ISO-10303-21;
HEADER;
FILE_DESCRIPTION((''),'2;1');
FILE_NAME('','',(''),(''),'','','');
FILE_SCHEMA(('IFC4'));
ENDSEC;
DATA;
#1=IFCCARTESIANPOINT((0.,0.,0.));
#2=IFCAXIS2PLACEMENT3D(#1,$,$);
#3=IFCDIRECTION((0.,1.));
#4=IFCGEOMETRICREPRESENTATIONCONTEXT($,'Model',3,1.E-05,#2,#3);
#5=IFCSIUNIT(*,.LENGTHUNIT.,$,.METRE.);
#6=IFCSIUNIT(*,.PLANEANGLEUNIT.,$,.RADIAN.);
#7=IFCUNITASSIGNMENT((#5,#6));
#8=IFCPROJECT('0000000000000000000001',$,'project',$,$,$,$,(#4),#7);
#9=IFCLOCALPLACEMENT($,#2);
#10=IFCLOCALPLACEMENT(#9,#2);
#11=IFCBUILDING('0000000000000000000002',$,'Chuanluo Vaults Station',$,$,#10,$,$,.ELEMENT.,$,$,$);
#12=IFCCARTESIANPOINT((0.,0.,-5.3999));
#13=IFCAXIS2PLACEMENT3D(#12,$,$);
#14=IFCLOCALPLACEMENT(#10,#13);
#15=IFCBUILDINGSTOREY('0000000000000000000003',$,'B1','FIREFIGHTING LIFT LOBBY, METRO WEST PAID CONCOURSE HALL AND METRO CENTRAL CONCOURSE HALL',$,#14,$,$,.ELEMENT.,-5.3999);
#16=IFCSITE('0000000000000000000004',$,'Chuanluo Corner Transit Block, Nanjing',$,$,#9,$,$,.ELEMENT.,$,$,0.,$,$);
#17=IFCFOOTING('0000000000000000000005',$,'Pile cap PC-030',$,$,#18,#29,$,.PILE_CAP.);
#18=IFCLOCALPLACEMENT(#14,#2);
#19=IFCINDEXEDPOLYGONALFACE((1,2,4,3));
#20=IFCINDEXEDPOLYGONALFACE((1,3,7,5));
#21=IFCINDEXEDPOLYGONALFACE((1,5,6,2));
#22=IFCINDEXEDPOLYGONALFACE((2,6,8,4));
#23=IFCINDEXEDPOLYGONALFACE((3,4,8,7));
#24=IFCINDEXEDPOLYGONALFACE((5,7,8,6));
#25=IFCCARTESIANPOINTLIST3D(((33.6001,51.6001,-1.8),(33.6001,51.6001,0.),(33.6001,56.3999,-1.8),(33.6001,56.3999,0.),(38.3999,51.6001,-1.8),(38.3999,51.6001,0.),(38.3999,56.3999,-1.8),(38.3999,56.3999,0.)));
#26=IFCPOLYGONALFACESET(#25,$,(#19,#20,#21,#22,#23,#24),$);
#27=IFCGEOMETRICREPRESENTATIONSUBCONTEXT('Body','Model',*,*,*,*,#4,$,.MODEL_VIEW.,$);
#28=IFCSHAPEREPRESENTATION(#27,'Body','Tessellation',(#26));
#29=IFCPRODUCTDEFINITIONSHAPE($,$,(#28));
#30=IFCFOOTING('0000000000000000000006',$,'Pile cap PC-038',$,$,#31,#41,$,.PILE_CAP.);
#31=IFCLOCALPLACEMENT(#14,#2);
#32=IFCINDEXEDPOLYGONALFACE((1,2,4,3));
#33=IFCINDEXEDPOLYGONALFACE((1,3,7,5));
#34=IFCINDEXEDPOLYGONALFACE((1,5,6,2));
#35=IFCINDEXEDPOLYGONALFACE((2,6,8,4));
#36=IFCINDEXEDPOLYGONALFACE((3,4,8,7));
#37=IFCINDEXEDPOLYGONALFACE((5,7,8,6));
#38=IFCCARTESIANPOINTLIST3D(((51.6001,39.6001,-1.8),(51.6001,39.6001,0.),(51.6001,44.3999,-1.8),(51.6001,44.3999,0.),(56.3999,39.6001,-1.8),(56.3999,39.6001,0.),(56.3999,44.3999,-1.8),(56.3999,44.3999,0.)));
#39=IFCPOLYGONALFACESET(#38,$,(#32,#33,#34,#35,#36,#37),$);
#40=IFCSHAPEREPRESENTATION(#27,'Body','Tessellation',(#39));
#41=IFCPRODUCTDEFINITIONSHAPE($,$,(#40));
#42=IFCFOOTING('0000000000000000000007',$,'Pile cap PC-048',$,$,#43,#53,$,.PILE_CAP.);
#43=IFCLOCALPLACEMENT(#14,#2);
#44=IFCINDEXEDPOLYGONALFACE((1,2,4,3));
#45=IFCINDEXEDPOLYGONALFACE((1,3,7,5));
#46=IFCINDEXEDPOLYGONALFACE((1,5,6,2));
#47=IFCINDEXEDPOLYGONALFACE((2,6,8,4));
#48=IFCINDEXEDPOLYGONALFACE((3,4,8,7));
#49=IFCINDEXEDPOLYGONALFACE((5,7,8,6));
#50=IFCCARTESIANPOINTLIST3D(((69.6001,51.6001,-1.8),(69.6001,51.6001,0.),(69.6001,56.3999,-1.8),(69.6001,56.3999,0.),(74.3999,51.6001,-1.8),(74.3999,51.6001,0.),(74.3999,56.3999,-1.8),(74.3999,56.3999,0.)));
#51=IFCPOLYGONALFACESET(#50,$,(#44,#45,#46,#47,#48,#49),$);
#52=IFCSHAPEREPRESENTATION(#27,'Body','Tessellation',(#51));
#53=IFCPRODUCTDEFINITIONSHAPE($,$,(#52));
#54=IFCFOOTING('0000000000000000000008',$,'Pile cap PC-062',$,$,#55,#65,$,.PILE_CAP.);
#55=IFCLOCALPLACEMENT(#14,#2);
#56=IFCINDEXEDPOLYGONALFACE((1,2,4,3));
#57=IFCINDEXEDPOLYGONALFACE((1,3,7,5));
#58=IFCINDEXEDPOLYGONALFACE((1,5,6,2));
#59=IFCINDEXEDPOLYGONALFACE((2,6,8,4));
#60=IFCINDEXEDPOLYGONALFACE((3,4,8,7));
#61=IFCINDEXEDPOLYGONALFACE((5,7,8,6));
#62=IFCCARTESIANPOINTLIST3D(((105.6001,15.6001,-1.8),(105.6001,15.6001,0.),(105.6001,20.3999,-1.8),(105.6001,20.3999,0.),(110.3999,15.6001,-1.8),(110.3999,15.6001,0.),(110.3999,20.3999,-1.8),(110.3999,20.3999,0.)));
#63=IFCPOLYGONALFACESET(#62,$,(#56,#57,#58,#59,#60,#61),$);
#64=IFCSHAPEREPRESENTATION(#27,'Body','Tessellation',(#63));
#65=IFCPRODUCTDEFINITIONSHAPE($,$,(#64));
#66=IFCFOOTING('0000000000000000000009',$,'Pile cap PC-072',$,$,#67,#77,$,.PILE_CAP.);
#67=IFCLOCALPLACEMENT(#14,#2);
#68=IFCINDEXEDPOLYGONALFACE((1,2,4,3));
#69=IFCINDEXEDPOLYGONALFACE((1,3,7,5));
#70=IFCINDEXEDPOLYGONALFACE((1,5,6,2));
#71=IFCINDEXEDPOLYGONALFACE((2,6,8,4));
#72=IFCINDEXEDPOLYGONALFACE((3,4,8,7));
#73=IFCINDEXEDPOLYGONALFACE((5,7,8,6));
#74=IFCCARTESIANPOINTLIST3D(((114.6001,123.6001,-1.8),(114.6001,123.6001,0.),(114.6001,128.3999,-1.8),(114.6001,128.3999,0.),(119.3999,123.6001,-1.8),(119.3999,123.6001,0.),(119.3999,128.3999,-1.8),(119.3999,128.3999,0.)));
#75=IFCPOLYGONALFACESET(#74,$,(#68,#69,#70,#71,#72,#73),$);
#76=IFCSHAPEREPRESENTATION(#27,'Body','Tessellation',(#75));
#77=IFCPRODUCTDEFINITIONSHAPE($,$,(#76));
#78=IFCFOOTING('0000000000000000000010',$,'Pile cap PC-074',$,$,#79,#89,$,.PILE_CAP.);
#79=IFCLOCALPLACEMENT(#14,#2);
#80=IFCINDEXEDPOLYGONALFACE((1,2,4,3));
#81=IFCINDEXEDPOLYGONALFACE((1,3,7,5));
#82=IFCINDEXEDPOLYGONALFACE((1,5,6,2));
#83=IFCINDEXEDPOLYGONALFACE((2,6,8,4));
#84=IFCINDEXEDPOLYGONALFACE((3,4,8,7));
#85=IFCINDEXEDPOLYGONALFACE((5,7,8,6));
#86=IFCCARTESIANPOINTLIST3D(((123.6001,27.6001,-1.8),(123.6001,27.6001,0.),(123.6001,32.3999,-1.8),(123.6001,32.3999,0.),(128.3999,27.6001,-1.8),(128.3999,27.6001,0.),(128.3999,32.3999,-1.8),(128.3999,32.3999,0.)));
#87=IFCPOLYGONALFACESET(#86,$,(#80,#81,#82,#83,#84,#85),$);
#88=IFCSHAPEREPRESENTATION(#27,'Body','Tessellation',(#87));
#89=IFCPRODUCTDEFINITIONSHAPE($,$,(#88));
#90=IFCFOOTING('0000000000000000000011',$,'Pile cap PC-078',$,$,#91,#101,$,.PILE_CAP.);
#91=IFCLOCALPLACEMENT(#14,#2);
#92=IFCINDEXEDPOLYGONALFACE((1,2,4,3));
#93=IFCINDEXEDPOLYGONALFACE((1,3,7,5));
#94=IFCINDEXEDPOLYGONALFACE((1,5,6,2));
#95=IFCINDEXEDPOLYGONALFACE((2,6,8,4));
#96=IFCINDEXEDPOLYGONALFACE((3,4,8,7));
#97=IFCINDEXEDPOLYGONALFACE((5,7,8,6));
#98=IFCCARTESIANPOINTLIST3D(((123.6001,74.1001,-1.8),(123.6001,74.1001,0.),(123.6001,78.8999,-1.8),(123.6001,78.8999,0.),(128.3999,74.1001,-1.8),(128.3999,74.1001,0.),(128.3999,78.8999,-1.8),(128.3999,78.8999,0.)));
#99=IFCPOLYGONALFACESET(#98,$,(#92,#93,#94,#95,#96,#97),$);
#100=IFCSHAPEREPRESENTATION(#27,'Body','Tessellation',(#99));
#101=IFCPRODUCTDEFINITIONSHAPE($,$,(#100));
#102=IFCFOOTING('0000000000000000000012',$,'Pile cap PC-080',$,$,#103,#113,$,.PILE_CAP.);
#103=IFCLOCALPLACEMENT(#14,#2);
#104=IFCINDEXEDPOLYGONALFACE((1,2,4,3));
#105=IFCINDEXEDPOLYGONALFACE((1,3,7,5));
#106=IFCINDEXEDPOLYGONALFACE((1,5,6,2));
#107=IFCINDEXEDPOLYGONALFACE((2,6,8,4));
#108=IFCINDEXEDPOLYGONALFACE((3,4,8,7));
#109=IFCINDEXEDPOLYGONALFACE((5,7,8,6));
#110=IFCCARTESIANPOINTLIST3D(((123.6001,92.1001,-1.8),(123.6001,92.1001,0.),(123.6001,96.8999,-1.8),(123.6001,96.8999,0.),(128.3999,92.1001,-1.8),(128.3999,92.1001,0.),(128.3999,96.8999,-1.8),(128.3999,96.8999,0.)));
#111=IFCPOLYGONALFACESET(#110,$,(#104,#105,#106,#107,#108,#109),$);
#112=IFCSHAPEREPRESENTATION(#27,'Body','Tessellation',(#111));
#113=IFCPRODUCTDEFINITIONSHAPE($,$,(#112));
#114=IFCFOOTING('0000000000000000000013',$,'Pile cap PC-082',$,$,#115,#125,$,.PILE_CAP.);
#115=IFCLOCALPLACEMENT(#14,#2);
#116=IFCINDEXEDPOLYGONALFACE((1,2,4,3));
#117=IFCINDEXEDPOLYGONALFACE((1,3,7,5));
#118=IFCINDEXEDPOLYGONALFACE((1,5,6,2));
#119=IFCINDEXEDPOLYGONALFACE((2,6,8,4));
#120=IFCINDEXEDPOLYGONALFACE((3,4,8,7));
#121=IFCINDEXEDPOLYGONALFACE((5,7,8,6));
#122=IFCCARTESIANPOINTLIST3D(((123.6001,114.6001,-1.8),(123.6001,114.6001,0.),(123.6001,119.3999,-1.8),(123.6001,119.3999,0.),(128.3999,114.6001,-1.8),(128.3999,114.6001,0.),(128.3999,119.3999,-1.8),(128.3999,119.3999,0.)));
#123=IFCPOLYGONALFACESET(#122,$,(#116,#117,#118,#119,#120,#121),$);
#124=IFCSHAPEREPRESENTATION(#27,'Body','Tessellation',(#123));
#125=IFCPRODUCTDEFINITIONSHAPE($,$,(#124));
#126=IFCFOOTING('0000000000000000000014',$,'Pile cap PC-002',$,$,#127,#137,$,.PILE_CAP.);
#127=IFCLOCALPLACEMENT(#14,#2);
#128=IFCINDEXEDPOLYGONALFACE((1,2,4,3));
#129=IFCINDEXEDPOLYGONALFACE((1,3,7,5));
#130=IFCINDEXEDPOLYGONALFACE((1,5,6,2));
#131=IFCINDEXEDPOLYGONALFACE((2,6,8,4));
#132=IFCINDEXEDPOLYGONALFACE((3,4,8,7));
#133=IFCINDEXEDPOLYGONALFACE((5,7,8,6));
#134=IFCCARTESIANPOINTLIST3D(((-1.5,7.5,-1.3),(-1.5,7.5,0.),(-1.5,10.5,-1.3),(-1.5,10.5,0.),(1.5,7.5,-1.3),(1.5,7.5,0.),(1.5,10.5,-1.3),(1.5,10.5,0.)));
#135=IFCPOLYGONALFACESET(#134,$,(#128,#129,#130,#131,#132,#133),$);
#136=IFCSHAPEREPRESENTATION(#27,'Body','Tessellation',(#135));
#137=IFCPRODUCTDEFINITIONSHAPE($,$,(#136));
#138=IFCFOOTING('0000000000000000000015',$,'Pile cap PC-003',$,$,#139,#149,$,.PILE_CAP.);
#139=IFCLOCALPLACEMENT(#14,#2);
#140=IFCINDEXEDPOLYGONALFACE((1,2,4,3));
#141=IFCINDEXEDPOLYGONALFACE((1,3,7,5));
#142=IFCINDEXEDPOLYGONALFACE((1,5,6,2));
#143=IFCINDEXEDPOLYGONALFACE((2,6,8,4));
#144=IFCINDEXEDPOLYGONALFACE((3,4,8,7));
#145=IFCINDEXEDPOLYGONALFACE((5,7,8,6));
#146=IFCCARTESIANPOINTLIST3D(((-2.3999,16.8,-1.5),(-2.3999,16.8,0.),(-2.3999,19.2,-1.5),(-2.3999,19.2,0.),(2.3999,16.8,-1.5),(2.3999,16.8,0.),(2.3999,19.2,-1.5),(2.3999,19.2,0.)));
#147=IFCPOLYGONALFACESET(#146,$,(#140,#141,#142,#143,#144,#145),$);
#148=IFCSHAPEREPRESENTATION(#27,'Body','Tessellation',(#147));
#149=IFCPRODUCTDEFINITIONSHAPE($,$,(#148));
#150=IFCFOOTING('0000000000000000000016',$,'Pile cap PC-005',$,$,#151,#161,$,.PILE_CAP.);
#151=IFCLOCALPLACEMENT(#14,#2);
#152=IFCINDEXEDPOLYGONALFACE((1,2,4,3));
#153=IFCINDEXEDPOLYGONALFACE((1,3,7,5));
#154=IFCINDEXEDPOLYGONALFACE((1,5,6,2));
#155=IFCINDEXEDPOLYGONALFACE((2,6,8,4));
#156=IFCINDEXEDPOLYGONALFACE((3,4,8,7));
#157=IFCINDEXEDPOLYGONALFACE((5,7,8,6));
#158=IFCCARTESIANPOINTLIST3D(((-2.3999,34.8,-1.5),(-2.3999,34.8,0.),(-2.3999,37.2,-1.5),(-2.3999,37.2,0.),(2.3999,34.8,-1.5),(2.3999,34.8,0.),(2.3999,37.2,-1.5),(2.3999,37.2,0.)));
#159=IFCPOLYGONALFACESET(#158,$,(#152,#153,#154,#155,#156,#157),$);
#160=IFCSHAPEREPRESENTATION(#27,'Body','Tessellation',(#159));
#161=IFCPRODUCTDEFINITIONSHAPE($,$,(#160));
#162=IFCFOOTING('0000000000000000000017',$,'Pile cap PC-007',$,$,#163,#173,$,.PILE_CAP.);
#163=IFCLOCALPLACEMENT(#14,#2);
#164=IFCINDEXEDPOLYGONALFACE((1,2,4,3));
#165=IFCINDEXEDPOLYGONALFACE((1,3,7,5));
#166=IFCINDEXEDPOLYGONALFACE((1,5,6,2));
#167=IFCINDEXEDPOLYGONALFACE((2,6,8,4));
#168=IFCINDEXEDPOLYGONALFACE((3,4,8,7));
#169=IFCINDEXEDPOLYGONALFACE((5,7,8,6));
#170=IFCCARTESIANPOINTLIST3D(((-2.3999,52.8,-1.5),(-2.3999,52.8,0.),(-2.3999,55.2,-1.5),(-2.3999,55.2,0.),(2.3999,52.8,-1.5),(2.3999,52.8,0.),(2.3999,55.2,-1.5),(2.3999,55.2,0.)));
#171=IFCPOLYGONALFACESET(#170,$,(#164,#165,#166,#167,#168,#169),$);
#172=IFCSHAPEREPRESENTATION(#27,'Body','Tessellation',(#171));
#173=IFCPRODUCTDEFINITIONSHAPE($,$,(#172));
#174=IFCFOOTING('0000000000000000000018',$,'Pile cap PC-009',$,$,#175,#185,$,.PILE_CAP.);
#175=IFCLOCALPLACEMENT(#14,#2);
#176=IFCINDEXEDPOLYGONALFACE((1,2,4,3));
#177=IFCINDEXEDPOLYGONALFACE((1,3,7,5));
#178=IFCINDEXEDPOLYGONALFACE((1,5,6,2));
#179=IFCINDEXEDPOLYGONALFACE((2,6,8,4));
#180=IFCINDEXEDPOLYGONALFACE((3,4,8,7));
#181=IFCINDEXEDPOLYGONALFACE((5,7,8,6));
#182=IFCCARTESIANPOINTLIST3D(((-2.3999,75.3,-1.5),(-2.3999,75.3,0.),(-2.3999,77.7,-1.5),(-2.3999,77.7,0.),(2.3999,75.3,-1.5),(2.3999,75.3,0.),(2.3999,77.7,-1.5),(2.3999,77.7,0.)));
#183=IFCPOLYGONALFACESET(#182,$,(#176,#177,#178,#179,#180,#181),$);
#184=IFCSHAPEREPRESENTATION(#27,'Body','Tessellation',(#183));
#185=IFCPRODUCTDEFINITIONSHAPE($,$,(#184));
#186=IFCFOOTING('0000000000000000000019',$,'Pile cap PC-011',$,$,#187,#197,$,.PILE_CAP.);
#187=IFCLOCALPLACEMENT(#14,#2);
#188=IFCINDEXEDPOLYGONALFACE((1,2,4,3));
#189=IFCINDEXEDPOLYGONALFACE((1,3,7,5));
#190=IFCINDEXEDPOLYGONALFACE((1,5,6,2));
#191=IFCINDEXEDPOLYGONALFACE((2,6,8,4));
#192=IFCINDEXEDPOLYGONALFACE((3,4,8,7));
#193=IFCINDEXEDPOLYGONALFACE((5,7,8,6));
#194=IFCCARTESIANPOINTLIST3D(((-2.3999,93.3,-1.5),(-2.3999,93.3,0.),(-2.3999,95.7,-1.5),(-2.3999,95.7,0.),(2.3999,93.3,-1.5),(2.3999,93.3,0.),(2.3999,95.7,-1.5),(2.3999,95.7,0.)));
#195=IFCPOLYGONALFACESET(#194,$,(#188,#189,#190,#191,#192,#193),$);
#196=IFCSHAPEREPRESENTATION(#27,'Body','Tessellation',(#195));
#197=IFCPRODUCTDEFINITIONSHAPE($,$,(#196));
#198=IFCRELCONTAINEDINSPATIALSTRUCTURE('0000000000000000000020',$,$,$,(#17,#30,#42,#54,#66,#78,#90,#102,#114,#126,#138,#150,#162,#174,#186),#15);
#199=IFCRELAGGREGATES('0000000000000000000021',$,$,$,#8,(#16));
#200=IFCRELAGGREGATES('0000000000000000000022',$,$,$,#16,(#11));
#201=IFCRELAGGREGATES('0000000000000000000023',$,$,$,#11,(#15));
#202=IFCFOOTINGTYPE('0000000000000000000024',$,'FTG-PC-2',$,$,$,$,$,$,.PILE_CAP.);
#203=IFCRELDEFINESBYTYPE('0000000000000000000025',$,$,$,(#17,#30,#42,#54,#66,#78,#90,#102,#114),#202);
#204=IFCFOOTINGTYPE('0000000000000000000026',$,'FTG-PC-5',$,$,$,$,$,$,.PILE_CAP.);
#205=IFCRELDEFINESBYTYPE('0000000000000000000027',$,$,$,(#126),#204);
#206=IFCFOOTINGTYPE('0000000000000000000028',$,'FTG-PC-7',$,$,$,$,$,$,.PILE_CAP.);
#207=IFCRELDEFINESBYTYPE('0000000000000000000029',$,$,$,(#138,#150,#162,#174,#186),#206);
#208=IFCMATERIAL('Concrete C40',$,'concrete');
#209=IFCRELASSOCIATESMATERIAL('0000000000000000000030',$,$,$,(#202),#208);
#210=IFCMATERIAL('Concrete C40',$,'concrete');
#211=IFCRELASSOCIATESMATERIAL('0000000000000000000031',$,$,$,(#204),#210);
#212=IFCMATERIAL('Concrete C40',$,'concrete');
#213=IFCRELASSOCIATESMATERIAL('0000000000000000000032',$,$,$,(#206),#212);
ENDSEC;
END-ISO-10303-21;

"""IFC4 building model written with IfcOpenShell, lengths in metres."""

from ifc_helpers import new_model, si_unit, direction, frame, origin, place, context, subcontext, project, spatial, polyline, outline, extrude, material, type_object, element, save


model = new_model("IFC4")

# Units and contexts
model_context = context("Model", 3, precision=1e-05, world=origin(), true_north=direction((0.0, 1.0)))
body_context = subcontext(model_context, "Body", "Model", "MODEL_VIEW")
ifc_project = project(units=[si_unit("LENGTHUNIT", "METRE"), si_unit("PLANEANGLEUNIT", "RADIAN")], contexts=[model_context])

# Site, building, storey
site_placement = place(None, origin())
site = spatial("IfcSite", under=ifc_project, at=site_placement, Name="Chuanluo Corner Transit Block, Nanjing", CompositionType="ELEMENT", RefElevation=0.0)
building_placement = place(site_placement, origin())
building = spatial("IfcBuilding", under=site, at=building_placement, Name="Chuanluo Vaults Station", CompositionType="ELEMENT")
storey_placement = place(building_placement, frame((0.0, 0.0, -5.3999)))
storey = spatial("IfcBuildingStorey", under=building, at=storey_placement, Name="B1", Description="FIREFIGHTING LIFT LOBBY, METRO WEST PAID CONCOURSE HALL AND METRO CENTRAL CONCOURSE HALL", CompositionType="ELEMENT", Elevation=-5.3999)

# Footings
ifc_material_1 = material(Name="Concrete C40", Category="concrete")
footing_type_1 = type_object("IfcFootingType", Name="FTG-PC-2", PredefinedType="PILE_CAP", material=ifc_material_1)
footing_1_placement = place(storey_placement, frame((0.0, 0.0, -1.8)))
element("IfcFooting", 1, at=footing_1_placement, inside=storey, type_object=footing_type_1, Name="Pile cap PC-030", PredefinedType="PILE_CAP", context=body_context, shape_type="SweptSolid", body=[
    extrude(outline(polyline([(33.6001, 51.6001), (38.3999, 51.6001), (38.3999, 56.3999), (33.6001, 56.3999), (33.6001, 51.6001)])), origin(), (0.0, 0.0, 1.0), 1.8),
])
footing_2_placement = place(storey_placement, frame((0.0, 0.0, -1.8)))
element("IfcFooting", 2, at=footing_2_placement, inside=storey, type_object=footing_type_1, Name="Pile cap PC-038", PredefinedType="PILE_CAP", context=body_context, shape_type="SweptSolid", body=[
    extrude(outline(polyline([(51.6001, 39.6001), (56.3999, 39.6001), (56.3999, 44.3999), (51.6001, 44.3999), (51.6001, 39.6001)])), origin(), (0.0, 0.0, 1.0), 1.8),
])
footing_3_placement = place(storey_placement, frame((0.0, 0.0, -1.8)))
element("IfcFooting", 3, at=footing_3_placement, inside=storey, type_object=footing_type_1, Name="Pile cap PC-048", PredefinedType="PILE_CAP", context=body_context, shape_type="SweptSolid", body=[
    extrude(outline(polyline([(69.6001, 51.6001), (74.3999, 51.6001), (74.3999, 56.3999), (69.6001, 56.3999), (69.6001, 51.6001)])), origin(), (0.0, 0.0, 1.0), 1.8),
])
footing_4_placement = place(storey_placement, frame((0.0, 0.0, -1.8)))
element("IfcFooting", 4, at=footing_4_placement, inside=storey, type_object=footing_type_1, Name="Pile cap PC-062", PredefinedType="PILE_CAP", context=body_context, shape_type="SweptSolid", body=[
    extrude(outline(polyline([(105.6001, 15.6001), (110.3999, 15.6001), (110.3999, 20.3999), (105.6001, 20.3999), (105.6001, 15.6001)])), origin(), (0.0, 0.0, 1.0), 1.8),
])
footing_5_placement = place(storey_placement, frame((0.0, 0.0, -1.8)))
element("IfcFooting", 5, at=footing_5_placement, inside=storey, type_object=footing_type_1, Name="Pile cap PC-072", PredefinedType="PILE_CAP", context=body_context, shape_type="SweptSolid", body=[
    extrude(outline(polyline([(114.6001, 123.6001), (119.3999, 123.6001), (119.3999, 128.3999), (114.6001, 128.3999), (114.6001, 123.6001)])), origin(), (0.0, 0.0, 1.0), 1.8),
])
footing_6_placement = place(storey_placement, frame((0.0, 0.0, -1.8)))
element("IfcFooting", 6, at=footing_6_placement, inside=storey, type_object=footing_type_1, Name="Pile cap PC-074", PredefinedType="PILE_CAP", context=body_context, shape_type="SweptSolid", body=[
    extrude(outline(polyline([(123.6001, 27.6001), (128.3999, 27.6001), (128.3999, 32.3999), (123.6001, 32.3999), (123.6001, 27.6001)])), origin(), (0.0, 0.0, 1.0), 1.8),
])
footing_7_placement = place(storey_placement, frame((0.0, 0.0, -1.8)))
element("IfcFooting", 7, at=footing_7_placement, inside=storey, type_object=footing_type_1, Name="Pile cap PC-078", PredefinedType="PILE_CAP", context=body_context, shape_type="SweptSolid", body=[
    extrude(outline(polyline([(123.6001, 74.1001), (128.3999, 74.1001), (128.3999, 78.8999), (123.6001, 78.8999), (123.6001, 74.1001)])), origin(), (0.0, 0.0, 1.0), 1.8),
])
footing_8_placement = place(storey_placement, frame((0.0, 0.0, -1.8)))
element("IfcFooting", 8, at=footing_8_placement, inside=storey, type_object=footing_type_1, Name="Pile cap PC-080", PredefinedType="PILE_CAP", context=body_context, shape_type="SweptSolid", body=[
    extrude(outline(polyline([(123.6001, 92.1001), (128.3999, 92.1001), (128.3999, 96.8999), (123.6001, 96.8999), (123.6001, 92.1001)])), origin(), (0.0, 0.0, 1.0), 1.8),
])
footing_9_placement = place(storey_placement, frame((0.0, 0.0, -1.8)))
element("IfcFooting", 9, at=footing_9_placement, inside=storey, type_object=footing_type_1, Name="Pile cap PC-082", PredefinedType="PILE_CAP", context=body_context, shape_type="SweptSolid", body=[
    extrude(outline(polyline([(123.6001, 114.6001), (128.3999, 114.6001), (128.3999, 119.3999), (123.6001, 119.3999), (123.6001, 114.6001)])), origin(), (0.0, 0.0, 1.0), 1.8),
])
ifc_material_2 = material(Name="Concrete C40", Category="concrete")
footing_type_2 = type_object("IfcFootingType", Name="FTG-PC-5", PredefinedType="PILE_CAP", material=ifc_material_2)
footing_10_placement = place(storey_placement, frame((0.0, 0.0, -1.3)))
element("IfcFooting", 10, at=footing_10_placement, inside=storey, type_object=footing_type_2, Name="Pile cap PC-002", PredefinedType="PILE_CAP", context=body_context, shape_type="SweptSolid", body=[
    extrude(outline(polyline([(-1.5, 7.5), (1.5, 7.5), (1.5, 10.5), (-1.5, 10.5), (-1.5, 7.5)])), origin(), (0.0, 0.0, 1.0), 1.3),
])
ifc_material_3 = material(Name="Concrete C40", Category="concrete")
footing_type_3 = type_object("IfcFootingType", Name="FTG-PC-7", PredefinedType="PILE_CAP", material=ifc_material_3)
footing_11_placement = place(storey_placement, frame((0.0, 0.0, -1.5)))
element("IfcFooting", 11, at=footing_11_placement, inside=storey, type_object=footing_type_3, Name="Pile cap PC-003", PredefinedType="PILE_CAP", context=body_context, shape_type="SweptSolid", body=[
    extrude(outline(polyline([(-2.3999, 16.8), (2.3999, 16.8), (2.3999, 19.2), (-2.3999, 19.2), (-2.3999, 16.8)])), origin(), (0.0, 0.0, 1.0), 1.5),
])
footing_12_placement = place(storey_placement, frame((0.0, 0.0, -1.5)))
element("IfcFooting", 12, at=footing_12_placement, inside=storey, type_object=footing_type_3, Name="Pile cap PC-005", PredefinedType="PILE_CAP", context=body_context, shape_type="SweptSolid", body=[
    extrude(outline(polyline([(-2.3999, 34.8), (2.3999, 34.8), (2.3999, 37.2), (-2.3999, 37.2), (-2.3999, 34.8)])), origin(), (0.0, 0.0, 1.0), 1.5),
])
footing_13_placement = place(storey_placement, frame((0.0, 0.0, -1.5)))
element("IfcFooting", 13, at=footing_13_placement, inside=storey, type_object=footing_type_3, Name="Pile cap PC-007", PredefinedType="PILE_CAP", context=body_context, shape_type="SweptSolid", body=[
    extrude(outline(polyline([(-2.3999, 52.8), (2.3999, 52.8), (2.3999, 55.2), (-2.3999, 55.2), (-2.3999, 52.8)])), origin(), (0.0, 0.0, 1.0), 1.5),
])
footing_14_placement = place(storey_placement, frame((0.0, 0.0, -1.5)))
element("IfcFooting", 14, at=footing_14_placement, inside=storey, type_object=footing_type_3, Name="Pile cap PC-009", PredefinedType="PILE_CAP", context=body_context, shape_type="SweptSolid", body=[
    extrude(outline(polyline([(-2.3999, 75.3), (2.3999, 75.3), (2.3999, 77.7), (-2.3999, 77.7), (-2.3999, 75.3)])), origin(), (0.0, 0.0, 1.0), 1.5),
])
footing_15_placement = place(storey_placement, frame((0.0, 0.0, -1.5)))
element("IfcFooting", 15, at=footing_15_placement, inside=storey, type_object=footing_type_3, Name="Pile cap PC-011", PredefinedType="PILE_CAP", context=body_context, shape_type="SweptSolid", body=[
    extrude(outline(polyline([(-2.3999, 93.3), (2.3999, 93.3), (2.3999, 95.7), (-2.3999, 95.7), (-2.3999, 93.3)])), origin(), (0.0, 0.0, 1.0), 1.5),
])

save(model, "model.ifc")
